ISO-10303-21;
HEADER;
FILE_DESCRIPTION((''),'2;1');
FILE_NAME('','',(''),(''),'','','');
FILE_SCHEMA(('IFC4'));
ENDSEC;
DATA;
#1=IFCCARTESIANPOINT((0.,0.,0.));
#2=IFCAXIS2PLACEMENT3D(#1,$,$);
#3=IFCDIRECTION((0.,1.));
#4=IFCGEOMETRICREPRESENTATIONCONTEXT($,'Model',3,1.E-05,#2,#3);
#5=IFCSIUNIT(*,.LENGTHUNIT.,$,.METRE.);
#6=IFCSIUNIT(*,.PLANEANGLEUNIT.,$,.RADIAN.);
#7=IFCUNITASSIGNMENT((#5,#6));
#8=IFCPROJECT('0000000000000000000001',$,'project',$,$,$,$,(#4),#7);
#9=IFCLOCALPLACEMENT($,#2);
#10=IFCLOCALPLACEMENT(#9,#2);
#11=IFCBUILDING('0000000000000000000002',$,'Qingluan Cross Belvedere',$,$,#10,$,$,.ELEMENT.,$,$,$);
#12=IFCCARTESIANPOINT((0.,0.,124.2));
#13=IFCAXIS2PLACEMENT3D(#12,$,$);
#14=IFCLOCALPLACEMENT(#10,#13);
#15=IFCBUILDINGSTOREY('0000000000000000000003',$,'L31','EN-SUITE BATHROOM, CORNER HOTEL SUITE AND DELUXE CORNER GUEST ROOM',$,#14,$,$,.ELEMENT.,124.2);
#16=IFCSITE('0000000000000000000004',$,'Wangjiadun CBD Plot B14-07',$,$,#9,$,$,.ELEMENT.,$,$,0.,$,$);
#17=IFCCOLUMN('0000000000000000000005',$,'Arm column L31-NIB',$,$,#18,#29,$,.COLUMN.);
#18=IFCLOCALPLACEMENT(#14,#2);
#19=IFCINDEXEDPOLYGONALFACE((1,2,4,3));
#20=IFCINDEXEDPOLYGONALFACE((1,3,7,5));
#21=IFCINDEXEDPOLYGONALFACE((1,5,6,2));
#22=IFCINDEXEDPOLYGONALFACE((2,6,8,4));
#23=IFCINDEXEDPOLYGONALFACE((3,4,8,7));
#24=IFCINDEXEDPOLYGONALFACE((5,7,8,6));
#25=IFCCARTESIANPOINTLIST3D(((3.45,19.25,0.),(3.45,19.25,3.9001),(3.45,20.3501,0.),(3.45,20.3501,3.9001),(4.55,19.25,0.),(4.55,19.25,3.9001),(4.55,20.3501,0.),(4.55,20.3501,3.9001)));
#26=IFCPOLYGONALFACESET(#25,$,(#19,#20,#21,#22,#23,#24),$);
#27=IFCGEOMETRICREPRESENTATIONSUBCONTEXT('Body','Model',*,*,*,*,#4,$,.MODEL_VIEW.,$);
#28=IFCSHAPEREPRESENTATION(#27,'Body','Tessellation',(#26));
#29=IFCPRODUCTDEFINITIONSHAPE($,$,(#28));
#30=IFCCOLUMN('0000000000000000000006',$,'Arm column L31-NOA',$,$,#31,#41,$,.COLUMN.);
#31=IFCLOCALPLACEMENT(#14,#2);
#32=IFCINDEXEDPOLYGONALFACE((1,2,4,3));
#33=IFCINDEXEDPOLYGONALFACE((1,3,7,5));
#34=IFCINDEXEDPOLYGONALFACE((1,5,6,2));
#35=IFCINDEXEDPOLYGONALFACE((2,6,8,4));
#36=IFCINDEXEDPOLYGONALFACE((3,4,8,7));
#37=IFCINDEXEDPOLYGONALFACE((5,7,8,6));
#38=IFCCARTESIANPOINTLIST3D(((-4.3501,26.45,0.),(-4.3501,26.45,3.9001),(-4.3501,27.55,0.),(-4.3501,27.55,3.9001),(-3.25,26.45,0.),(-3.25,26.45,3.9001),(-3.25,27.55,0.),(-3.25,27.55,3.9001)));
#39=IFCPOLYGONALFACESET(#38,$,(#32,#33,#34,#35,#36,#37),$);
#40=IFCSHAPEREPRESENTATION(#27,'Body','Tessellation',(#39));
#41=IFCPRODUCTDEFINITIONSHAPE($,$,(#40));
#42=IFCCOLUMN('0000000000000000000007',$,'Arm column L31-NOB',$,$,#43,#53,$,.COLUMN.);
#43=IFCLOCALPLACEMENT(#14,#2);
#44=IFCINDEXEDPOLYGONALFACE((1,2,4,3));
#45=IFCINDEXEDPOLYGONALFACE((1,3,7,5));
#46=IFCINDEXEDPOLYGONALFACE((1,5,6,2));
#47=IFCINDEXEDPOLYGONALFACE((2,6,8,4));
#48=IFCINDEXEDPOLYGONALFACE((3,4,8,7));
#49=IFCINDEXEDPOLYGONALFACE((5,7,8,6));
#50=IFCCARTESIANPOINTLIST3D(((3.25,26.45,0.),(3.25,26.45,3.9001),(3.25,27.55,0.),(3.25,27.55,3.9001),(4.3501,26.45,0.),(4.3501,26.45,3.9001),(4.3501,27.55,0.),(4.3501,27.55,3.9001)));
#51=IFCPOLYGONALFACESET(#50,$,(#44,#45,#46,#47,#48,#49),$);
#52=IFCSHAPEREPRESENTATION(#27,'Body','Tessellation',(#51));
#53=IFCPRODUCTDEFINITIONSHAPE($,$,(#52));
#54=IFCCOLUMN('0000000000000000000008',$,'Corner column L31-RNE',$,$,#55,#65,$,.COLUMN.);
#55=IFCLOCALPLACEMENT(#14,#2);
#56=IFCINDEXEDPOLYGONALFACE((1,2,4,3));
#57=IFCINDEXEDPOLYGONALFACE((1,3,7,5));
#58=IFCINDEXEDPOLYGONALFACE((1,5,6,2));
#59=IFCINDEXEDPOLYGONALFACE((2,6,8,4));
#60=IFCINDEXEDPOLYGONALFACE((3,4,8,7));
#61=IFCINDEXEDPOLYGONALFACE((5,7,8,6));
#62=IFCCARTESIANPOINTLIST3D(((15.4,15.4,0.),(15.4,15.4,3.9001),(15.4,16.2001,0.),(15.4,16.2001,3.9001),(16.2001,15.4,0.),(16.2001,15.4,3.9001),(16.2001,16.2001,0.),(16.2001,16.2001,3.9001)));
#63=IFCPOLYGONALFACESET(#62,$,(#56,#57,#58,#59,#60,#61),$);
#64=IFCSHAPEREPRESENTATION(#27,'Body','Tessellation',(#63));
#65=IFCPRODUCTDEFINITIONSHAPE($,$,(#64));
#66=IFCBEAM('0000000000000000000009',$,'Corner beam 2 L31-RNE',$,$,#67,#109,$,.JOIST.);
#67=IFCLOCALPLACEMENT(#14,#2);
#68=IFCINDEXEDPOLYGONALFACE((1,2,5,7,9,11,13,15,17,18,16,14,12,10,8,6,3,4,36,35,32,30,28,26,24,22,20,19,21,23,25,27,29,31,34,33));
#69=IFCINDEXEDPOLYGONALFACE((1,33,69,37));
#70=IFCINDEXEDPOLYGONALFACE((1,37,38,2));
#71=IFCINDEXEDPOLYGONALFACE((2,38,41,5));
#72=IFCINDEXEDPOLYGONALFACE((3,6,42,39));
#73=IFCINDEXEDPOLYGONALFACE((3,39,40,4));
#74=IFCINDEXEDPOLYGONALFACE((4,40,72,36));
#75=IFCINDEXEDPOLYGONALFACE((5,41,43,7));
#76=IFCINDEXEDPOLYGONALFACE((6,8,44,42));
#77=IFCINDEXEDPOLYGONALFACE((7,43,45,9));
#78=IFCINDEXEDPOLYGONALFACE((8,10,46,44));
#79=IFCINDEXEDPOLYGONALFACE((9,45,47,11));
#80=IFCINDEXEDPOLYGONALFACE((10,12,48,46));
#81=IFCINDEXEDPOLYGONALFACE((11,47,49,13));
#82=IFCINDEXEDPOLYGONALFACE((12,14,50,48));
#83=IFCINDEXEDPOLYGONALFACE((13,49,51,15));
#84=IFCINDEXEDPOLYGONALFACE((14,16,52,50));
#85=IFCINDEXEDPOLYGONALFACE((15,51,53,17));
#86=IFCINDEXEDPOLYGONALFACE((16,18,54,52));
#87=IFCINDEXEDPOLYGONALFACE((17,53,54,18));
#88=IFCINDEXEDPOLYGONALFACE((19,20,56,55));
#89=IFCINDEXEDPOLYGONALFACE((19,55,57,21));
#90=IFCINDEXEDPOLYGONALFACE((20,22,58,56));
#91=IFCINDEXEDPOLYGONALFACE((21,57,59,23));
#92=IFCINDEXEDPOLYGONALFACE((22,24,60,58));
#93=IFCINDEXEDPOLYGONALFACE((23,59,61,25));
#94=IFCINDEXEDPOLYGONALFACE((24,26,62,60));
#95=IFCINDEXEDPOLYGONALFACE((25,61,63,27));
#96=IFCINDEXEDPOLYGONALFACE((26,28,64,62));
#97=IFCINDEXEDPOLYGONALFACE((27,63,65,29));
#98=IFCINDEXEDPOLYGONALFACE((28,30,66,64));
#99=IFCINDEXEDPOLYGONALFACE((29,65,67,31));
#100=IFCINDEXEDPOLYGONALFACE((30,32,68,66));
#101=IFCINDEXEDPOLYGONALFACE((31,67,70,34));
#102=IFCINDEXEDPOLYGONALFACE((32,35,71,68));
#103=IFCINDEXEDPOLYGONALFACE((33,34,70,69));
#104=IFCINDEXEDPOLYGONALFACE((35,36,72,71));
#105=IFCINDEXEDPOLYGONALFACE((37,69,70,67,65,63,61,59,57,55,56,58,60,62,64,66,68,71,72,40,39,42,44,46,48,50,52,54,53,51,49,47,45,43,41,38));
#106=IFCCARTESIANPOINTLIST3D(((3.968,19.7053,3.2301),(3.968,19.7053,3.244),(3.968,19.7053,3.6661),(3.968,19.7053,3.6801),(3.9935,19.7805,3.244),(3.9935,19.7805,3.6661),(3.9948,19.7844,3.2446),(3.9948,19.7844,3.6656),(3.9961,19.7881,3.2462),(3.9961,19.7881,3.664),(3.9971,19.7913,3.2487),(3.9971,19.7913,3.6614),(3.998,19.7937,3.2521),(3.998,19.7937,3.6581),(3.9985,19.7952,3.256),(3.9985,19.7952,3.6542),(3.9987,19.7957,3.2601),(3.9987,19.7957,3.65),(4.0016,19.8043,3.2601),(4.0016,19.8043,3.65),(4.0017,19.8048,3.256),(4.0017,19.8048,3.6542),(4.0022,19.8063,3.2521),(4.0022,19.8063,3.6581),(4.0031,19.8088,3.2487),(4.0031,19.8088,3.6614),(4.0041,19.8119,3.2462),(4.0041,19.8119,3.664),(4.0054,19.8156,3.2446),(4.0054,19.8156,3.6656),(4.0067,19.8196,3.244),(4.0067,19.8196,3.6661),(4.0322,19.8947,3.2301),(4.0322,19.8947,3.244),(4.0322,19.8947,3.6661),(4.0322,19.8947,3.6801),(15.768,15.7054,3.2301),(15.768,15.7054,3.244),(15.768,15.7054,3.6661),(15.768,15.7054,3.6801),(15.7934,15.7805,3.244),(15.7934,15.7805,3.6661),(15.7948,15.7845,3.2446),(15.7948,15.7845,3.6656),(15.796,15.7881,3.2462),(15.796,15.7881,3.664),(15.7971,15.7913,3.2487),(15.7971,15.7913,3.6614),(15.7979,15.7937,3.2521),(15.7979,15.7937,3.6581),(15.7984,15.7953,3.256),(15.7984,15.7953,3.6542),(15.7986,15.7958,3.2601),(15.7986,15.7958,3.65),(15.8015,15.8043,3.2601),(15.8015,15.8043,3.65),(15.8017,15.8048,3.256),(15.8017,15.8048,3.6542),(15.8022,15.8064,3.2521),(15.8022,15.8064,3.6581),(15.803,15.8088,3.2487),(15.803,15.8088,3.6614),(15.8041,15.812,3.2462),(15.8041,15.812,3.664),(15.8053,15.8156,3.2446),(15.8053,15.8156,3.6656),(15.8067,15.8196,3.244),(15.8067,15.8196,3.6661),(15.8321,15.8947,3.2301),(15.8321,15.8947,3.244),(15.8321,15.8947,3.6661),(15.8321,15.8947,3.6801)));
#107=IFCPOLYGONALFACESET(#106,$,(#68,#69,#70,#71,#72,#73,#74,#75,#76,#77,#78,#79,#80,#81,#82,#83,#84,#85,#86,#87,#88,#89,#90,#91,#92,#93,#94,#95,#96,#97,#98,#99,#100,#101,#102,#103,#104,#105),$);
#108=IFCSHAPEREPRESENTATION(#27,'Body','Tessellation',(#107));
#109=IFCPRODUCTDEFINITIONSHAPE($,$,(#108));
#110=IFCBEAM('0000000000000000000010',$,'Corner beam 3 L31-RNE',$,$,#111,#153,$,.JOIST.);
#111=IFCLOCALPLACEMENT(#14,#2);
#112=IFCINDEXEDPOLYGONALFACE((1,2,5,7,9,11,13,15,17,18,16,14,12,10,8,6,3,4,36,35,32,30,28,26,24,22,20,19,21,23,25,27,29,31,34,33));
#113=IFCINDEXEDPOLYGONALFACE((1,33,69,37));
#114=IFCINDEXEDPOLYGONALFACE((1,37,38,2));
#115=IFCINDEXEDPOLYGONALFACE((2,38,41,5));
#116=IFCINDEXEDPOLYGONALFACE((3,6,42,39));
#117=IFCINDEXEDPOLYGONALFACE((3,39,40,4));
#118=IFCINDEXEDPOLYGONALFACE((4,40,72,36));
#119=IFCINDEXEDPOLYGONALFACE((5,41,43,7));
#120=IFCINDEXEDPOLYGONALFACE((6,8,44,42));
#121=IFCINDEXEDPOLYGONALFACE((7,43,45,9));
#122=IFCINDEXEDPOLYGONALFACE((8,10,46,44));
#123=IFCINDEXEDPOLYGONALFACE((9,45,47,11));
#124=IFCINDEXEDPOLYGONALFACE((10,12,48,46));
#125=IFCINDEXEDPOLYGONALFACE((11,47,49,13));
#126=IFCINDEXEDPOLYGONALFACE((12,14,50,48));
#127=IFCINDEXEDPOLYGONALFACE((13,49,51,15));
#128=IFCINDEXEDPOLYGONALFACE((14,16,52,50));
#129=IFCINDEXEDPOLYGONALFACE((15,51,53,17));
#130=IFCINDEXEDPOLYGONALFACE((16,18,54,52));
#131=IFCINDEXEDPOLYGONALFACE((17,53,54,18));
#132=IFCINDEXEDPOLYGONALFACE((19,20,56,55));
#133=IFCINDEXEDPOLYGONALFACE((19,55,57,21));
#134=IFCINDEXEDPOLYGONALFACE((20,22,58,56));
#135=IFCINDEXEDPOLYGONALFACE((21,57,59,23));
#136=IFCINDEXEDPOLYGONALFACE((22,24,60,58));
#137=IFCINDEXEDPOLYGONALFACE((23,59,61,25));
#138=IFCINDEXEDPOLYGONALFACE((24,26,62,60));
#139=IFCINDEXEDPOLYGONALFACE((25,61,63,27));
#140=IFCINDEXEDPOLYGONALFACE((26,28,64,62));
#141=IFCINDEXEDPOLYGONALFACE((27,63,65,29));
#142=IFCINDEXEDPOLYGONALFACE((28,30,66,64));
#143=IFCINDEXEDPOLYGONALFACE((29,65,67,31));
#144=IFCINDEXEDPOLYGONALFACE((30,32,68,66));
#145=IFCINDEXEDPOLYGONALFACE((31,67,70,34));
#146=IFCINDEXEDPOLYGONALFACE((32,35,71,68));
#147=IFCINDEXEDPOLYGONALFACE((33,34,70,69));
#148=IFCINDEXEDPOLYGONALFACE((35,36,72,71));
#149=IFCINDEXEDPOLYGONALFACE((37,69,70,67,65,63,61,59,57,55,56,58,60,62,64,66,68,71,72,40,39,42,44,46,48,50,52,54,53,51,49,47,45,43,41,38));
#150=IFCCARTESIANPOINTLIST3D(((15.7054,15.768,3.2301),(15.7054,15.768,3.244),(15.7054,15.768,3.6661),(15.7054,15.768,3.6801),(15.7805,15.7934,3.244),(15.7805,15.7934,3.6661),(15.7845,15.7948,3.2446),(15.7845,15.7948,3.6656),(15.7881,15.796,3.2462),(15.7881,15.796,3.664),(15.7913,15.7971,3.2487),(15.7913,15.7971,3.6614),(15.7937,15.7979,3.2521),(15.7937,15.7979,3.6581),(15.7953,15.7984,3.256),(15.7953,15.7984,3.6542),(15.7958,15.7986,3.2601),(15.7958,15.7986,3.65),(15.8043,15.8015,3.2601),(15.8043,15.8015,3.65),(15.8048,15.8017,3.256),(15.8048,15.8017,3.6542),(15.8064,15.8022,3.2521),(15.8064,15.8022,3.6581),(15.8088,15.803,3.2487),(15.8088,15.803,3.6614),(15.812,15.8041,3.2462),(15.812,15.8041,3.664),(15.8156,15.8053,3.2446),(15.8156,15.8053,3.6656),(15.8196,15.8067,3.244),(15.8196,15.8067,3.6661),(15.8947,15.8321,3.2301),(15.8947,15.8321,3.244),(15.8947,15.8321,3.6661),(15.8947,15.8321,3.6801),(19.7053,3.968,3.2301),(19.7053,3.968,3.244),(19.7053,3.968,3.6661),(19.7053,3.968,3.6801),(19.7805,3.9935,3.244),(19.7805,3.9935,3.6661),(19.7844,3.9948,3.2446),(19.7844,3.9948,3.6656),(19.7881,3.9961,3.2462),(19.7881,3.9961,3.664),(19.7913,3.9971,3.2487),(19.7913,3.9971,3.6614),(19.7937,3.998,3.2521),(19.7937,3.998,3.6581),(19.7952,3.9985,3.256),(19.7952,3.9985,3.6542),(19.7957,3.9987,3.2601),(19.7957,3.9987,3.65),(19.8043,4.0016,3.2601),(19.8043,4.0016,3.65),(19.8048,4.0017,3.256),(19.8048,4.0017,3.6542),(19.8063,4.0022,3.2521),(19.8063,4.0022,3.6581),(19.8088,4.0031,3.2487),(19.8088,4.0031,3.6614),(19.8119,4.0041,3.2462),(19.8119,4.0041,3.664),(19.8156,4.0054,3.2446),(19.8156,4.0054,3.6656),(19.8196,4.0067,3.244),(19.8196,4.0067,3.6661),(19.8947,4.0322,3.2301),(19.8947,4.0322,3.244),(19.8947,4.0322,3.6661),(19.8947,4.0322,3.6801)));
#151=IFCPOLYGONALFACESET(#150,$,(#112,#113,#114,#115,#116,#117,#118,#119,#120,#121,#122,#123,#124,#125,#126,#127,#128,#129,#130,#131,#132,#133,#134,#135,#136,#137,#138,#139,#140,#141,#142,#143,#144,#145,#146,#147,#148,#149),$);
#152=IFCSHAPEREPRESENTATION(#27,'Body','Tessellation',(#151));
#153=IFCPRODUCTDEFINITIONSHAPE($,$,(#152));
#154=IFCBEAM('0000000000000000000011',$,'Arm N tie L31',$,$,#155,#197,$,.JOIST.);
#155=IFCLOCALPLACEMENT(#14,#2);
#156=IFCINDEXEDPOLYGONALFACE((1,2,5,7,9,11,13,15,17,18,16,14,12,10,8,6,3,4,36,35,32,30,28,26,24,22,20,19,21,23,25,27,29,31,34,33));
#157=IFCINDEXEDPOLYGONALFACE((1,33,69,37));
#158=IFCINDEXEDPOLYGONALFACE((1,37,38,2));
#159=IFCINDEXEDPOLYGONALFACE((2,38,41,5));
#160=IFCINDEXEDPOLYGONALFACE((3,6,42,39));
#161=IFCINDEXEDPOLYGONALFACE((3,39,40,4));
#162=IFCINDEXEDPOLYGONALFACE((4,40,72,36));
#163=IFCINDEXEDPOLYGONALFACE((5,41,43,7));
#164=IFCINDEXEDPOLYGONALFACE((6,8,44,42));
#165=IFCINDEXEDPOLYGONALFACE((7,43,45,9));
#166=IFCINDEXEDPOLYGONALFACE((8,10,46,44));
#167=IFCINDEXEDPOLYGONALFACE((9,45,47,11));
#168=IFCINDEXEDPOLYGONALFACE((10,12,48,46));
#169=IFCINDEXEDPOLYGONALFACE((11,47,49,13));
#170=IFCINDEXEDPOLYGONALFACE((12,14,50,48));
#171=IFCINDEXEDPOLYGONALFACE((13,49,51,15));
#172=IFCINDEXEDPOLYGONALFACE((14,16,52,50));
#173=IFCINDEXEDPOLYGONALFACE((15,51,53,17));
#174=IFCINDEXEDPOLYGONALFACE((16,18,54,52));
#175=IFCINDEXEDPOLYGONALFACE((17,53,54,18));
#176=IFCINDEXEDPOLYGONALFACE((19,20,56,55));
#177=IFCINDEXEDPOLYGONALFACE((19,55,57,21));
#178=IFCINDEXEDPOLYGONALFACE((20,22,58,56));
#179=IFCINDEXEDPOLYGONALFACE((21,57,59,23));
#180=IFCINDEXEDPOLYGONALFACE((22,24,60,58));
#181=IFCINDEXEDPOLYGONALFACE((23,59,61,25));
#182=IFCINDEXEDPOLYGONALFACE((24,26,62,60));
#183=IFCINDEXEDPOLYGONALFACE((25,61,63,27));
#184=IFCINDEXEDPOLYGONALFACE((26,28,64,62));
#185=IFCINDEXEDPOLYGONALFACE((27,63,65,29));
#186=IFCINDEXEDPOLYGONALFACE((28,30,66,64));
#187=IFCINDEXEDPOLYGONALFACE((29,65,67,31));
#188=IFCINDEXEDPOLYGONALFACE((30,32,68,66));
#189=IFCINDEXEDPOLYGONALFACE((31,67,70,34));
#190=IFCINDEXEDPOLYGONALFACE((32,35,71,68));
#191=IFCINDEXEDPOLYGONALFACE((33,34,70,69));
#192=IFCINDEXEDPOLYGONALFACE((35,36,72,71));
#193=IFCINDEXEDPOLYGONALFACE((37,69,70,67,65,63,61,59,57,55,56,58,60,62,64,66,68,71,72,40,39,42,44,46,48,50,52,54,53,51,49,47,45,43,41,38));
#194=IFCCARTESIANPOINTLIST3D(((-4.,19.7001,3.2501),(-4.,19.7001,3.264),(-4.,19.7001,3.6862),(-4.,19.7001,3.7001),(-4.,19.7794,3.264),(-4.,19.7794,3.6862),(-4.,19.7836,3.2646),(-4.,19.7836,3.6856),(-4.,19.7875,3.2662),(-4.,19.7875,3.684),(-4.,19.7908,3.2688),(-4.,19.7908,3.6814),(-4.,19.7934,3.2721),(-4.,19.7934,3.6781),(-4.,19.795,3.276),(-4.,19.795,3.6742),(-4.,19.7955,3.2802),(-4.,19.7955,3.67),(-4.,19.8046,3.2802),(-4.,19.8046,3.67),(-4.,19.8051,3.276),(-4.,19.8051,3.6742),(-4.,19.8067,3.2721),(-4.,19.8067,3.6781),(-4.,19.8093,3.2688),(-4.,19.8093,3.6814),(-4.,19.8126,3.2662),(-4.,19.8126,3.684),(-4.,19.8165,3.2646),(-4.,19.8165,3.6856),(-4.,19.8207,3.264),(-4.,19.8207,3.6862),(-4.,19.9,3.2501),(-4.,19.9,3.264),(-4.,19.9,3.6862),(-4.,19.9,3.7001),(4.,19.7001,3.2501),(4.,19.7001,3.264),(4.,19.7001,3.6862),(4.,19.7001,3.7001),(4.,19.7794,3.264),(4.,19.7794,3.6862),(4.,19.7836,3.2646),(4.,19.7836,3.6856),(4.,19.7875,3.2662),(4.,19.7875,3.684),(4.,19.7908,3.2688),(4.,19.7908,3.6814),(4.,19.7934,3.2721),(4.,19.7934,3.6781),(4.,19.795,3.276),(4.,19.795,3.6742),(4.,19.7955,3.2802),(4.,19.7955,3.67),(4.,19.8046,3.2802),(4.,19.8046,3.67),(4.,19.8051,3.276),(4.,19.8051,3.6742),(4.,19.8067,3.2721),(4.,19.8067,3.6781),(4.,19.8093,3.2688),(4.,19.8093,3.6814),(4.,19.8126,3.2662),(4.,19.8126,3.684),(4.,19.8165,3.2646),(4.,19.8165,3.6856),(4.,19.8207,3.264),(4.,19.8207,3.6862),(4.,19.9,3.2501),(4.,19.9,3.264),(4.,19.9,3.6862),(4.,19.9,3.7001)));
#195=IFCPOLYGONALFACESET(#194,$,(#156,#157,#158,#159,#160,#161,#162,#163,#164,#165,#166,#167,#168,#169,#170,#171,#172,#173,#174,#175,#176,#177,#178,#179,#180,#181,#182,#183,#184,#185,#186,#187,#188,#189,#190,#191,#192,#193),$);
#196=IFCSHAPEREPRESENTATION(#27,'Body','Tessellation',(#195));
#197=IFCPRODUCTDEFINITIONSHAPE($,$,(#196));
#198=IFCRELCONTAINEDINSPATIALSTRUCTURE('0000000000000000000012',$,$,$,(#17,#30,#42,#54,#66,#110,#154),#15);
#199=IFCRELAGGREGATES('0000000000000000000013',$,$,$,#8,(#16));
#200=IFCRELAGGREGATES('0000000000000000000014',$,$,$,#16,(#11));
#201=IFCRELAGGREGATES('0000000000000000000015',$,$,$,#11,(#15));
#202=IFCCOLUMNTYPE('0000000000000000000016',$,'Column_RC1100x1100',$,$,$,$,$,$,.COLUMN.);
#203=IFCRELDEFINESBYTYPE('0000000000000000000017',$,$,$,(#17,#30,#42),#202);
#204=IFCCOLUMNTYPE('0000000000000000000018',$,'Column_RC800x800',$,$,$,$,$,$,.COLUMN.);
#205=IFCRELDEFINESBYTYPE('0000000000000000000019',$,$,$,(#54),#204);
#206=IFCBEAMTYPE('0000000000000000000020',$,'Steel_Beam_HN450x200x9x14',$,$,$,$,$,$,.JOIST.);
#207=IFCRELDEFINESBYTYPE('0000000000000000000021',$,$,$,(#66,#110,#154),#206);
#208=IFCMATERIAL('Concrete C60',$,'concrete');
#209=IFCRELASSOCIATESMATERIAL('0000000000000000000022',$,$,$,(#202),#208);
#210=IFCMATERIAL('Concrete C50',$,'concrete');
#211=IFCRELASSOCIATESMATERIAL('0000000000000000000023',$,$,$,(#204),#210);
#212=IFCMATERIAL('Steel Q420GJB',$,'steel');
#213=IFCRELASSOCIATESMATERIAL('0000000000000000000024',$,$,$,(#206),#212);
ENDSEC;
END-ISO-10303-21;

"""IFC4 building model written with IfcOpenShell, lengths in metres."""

from ifc_helpers import new_model, si_unit, direction, frame, origin, origin_2d, place, context, subcontext, project, spatial, rectangle, i_section, extrude, material, material_profile, profile_set, type_object, element, save


model = new_model("IFC4")

# Units and contexts
model_context = context("Model", 3, precision=1e-05, world=origin(), true_north=direction((0.0, 1.0)))
body_context = subcontext(model_context, "Body", "Model", "MODEL_VIEW")
ifc_project = project(units=[si_unit("LENGTHUNIT", "METRE"), si_unit("PLANEANGLEUNIT", "RADIAN")], contexts=[model_context])

# Site, building, storey
site_placement = place(None, origin())
site = spatial("IfcSite", under=ifc_project, at=site_placement, Name="Wangjiadun CBD Plot B14-07", CompositionType="ELEMENT", RefElevation=0.0)
building_placement = place(site_placement, origin())
building = spatial("IfcBuilding", under=site, at=building_placement, Name="Qingluan Cross Belvedere", CompositionType="ELEMENT")
storey_placement = place(building_placement, frame((0.0, 0.0, 124.2)))
storey = spatial("IfcBuildingStorey", under=building, at=storey_placement, Name="L31", Description="EN-SUITE BATHROOM, CORNER HOTEL SUITE AND DELUXE CORNER GUEST ROOM", CompositionType="ELEMENT", Elevation=124.2)

# Columns
ifc_material_1 = material(Name="Concrete C60", Category="concrete")
ifc_material_profile_1 = material_profile(ifc_material_1, rectangle(XDim=1.1001, YDim=1.1001, at=origin_2d()), Name="RC1100x1100")
ifc_profile_set_1 = profile_set([ifc_material_profile_1], Name="Concrete C60")
column_type_1 = type_object("IfcColumnType", Name="Column_RC1100x1100", PredefinedType="COLUMN", material=ifc_profile_set_1)
for number, where, z_axis, x_axis, name in (
    (1, (4.0, 19.8, 0.0), (0.0, 0.0, 1.0), (1.0, 0.0, 0.0), "Arm column L31-NIB"),
    (2, (-3.8, 27.0, 0.0), (0.0, 0.0, 1.0), (1.0, 0.0, 0.0), "Arm column L31-NOA"),
    (3, (3.8, 27.0, 0.0), (0.0, 0.0, 1.0), (1.0, 0.0, 0.0), "Arm column L31-NOB"),
):
    element("IfcColumn", number, at=place(storey_placement, frame(where, z_axis=z_axis, x_axis=x_axis)), inside=storey, type_object=column_type_1, Name=name, PredefinedType="COLUMN", context=body_context, shape_type="SweptSolid", body=[
        extrude(rectangle(XDim=1.1001, YDim=1.1001, at=origin_2d()), origin(), (0.0, 0.0, 1.0), 3.9001),
    ])
ifc_material_2 = material(Name="Concrete C50", Category="concrete")
ifc_material_profile_2 = material_profile(ifc_material_2, rectangle(XDim=0.8, YDim=0.8, at=origin_2d()), Name="RC800x800")
ifc_profile_set_2 = profile_set([ifc_material_profile_2], Name="Concrete C50")
column_type_2 = type_object("IfcColumnType", Name="Column_RC800x800", PredefinedType="COLUMN", material=ifc_profile_set_2)
column_placement = place(storey_placement, frame((15.8, 15.8, 0.0), z_axis=(0.0, 0.0, 1.0), x_axis=(1.0, 0.0, 0.0)))
element("IfcColumn", 4, at=column_placement, inside=storey, type_object=column_type_2, Name="Corner column L31-RNE", PredefinedType="COLUMN", context=body_context, shape_type="SweptSolid", body=[
    extrude(rectangle(XDim=0.8, YDim=0.8, at=origin_2d()), origin(), (0.0, 0.0, 1.0), 3.9001),
])

# Beams
ifc_material_3 = material(Name="Steel Q420GJB", Category="steel")
ifc_material_profile_3 = material_profile(ifc_material_3, i_section(OverallWidth=0.2, OverallDepth=0.45, WebThickness=0.009, FlangeThickness=0.0139, FilletRadius=0.0161, at=origin_2d()), Name="HN450x200x9x14")
ifc_profile_set_3 = profile_set([ifc_material_profile_3], Name="Steel Q420GJB")
beam_type_1 = type_object("IfcBeamType", Name="Steel_Beam_HN450x200x9x14", PredefinedType="JOIST", material=ifc_profile_set_3)
for number, where, z_axis, x_axis, name in (
    (5, (15.8, 15.8, 3.4551), (-0.947066, 0.321038, 0.0), (-0.321038, -0.947066, 0.0), "Corner beam 2 L31-RNE"),
    (6, (15.8, 15.8, 3.4551), (0.321038, -0.947066, 0.0), (0.947066, 0.321038, 0.0), "Corner beam 3 L31-RNE"),
):
    element("IfcBeam", number, at=place(storey_placement, frame(where, z_axis=z_axis, x_axis=x_axis)), inside=storey, type_object=beam_type_1, Name=name, PredefinedType="JOIST", context=body_context, shape_type="SweptSolid", body=[
        extrude(i_section(OverallWidth=0.2, OverallDepth=0.45, WebThickness=0.009, FlangeThickness=0.0139, FilletRadius=0.0161, at=origin_2d()), origin(), (0.0, 0.0, 1.0), 12.4595),
    ])
beam_1_placement = place(storey_placement, frame((-4.0, 19.8, 3.4751), z_axis=(1.0, 0.0, 0.0), x_axis=(0.0, 1.0, 0.0)))
element("IfcBeam", 7, at=beam_1_placement, inside=storey, type_object=beam_type_1, Name="Arm N tie L31", PredefinedType="JOIST", context=body_context, shape_type="SweptSolid", body=[
    extrude(i_section(OverallWidth=0.2, OverallDepth=0.45, WebThickness=0.009, FlangeThickness=0.0139, FilletRadius=0.0161, at=origin_2d()), origin(), (0.0, 0.0, 1.0), 8.0),
])

save(model, "model.ifc")
